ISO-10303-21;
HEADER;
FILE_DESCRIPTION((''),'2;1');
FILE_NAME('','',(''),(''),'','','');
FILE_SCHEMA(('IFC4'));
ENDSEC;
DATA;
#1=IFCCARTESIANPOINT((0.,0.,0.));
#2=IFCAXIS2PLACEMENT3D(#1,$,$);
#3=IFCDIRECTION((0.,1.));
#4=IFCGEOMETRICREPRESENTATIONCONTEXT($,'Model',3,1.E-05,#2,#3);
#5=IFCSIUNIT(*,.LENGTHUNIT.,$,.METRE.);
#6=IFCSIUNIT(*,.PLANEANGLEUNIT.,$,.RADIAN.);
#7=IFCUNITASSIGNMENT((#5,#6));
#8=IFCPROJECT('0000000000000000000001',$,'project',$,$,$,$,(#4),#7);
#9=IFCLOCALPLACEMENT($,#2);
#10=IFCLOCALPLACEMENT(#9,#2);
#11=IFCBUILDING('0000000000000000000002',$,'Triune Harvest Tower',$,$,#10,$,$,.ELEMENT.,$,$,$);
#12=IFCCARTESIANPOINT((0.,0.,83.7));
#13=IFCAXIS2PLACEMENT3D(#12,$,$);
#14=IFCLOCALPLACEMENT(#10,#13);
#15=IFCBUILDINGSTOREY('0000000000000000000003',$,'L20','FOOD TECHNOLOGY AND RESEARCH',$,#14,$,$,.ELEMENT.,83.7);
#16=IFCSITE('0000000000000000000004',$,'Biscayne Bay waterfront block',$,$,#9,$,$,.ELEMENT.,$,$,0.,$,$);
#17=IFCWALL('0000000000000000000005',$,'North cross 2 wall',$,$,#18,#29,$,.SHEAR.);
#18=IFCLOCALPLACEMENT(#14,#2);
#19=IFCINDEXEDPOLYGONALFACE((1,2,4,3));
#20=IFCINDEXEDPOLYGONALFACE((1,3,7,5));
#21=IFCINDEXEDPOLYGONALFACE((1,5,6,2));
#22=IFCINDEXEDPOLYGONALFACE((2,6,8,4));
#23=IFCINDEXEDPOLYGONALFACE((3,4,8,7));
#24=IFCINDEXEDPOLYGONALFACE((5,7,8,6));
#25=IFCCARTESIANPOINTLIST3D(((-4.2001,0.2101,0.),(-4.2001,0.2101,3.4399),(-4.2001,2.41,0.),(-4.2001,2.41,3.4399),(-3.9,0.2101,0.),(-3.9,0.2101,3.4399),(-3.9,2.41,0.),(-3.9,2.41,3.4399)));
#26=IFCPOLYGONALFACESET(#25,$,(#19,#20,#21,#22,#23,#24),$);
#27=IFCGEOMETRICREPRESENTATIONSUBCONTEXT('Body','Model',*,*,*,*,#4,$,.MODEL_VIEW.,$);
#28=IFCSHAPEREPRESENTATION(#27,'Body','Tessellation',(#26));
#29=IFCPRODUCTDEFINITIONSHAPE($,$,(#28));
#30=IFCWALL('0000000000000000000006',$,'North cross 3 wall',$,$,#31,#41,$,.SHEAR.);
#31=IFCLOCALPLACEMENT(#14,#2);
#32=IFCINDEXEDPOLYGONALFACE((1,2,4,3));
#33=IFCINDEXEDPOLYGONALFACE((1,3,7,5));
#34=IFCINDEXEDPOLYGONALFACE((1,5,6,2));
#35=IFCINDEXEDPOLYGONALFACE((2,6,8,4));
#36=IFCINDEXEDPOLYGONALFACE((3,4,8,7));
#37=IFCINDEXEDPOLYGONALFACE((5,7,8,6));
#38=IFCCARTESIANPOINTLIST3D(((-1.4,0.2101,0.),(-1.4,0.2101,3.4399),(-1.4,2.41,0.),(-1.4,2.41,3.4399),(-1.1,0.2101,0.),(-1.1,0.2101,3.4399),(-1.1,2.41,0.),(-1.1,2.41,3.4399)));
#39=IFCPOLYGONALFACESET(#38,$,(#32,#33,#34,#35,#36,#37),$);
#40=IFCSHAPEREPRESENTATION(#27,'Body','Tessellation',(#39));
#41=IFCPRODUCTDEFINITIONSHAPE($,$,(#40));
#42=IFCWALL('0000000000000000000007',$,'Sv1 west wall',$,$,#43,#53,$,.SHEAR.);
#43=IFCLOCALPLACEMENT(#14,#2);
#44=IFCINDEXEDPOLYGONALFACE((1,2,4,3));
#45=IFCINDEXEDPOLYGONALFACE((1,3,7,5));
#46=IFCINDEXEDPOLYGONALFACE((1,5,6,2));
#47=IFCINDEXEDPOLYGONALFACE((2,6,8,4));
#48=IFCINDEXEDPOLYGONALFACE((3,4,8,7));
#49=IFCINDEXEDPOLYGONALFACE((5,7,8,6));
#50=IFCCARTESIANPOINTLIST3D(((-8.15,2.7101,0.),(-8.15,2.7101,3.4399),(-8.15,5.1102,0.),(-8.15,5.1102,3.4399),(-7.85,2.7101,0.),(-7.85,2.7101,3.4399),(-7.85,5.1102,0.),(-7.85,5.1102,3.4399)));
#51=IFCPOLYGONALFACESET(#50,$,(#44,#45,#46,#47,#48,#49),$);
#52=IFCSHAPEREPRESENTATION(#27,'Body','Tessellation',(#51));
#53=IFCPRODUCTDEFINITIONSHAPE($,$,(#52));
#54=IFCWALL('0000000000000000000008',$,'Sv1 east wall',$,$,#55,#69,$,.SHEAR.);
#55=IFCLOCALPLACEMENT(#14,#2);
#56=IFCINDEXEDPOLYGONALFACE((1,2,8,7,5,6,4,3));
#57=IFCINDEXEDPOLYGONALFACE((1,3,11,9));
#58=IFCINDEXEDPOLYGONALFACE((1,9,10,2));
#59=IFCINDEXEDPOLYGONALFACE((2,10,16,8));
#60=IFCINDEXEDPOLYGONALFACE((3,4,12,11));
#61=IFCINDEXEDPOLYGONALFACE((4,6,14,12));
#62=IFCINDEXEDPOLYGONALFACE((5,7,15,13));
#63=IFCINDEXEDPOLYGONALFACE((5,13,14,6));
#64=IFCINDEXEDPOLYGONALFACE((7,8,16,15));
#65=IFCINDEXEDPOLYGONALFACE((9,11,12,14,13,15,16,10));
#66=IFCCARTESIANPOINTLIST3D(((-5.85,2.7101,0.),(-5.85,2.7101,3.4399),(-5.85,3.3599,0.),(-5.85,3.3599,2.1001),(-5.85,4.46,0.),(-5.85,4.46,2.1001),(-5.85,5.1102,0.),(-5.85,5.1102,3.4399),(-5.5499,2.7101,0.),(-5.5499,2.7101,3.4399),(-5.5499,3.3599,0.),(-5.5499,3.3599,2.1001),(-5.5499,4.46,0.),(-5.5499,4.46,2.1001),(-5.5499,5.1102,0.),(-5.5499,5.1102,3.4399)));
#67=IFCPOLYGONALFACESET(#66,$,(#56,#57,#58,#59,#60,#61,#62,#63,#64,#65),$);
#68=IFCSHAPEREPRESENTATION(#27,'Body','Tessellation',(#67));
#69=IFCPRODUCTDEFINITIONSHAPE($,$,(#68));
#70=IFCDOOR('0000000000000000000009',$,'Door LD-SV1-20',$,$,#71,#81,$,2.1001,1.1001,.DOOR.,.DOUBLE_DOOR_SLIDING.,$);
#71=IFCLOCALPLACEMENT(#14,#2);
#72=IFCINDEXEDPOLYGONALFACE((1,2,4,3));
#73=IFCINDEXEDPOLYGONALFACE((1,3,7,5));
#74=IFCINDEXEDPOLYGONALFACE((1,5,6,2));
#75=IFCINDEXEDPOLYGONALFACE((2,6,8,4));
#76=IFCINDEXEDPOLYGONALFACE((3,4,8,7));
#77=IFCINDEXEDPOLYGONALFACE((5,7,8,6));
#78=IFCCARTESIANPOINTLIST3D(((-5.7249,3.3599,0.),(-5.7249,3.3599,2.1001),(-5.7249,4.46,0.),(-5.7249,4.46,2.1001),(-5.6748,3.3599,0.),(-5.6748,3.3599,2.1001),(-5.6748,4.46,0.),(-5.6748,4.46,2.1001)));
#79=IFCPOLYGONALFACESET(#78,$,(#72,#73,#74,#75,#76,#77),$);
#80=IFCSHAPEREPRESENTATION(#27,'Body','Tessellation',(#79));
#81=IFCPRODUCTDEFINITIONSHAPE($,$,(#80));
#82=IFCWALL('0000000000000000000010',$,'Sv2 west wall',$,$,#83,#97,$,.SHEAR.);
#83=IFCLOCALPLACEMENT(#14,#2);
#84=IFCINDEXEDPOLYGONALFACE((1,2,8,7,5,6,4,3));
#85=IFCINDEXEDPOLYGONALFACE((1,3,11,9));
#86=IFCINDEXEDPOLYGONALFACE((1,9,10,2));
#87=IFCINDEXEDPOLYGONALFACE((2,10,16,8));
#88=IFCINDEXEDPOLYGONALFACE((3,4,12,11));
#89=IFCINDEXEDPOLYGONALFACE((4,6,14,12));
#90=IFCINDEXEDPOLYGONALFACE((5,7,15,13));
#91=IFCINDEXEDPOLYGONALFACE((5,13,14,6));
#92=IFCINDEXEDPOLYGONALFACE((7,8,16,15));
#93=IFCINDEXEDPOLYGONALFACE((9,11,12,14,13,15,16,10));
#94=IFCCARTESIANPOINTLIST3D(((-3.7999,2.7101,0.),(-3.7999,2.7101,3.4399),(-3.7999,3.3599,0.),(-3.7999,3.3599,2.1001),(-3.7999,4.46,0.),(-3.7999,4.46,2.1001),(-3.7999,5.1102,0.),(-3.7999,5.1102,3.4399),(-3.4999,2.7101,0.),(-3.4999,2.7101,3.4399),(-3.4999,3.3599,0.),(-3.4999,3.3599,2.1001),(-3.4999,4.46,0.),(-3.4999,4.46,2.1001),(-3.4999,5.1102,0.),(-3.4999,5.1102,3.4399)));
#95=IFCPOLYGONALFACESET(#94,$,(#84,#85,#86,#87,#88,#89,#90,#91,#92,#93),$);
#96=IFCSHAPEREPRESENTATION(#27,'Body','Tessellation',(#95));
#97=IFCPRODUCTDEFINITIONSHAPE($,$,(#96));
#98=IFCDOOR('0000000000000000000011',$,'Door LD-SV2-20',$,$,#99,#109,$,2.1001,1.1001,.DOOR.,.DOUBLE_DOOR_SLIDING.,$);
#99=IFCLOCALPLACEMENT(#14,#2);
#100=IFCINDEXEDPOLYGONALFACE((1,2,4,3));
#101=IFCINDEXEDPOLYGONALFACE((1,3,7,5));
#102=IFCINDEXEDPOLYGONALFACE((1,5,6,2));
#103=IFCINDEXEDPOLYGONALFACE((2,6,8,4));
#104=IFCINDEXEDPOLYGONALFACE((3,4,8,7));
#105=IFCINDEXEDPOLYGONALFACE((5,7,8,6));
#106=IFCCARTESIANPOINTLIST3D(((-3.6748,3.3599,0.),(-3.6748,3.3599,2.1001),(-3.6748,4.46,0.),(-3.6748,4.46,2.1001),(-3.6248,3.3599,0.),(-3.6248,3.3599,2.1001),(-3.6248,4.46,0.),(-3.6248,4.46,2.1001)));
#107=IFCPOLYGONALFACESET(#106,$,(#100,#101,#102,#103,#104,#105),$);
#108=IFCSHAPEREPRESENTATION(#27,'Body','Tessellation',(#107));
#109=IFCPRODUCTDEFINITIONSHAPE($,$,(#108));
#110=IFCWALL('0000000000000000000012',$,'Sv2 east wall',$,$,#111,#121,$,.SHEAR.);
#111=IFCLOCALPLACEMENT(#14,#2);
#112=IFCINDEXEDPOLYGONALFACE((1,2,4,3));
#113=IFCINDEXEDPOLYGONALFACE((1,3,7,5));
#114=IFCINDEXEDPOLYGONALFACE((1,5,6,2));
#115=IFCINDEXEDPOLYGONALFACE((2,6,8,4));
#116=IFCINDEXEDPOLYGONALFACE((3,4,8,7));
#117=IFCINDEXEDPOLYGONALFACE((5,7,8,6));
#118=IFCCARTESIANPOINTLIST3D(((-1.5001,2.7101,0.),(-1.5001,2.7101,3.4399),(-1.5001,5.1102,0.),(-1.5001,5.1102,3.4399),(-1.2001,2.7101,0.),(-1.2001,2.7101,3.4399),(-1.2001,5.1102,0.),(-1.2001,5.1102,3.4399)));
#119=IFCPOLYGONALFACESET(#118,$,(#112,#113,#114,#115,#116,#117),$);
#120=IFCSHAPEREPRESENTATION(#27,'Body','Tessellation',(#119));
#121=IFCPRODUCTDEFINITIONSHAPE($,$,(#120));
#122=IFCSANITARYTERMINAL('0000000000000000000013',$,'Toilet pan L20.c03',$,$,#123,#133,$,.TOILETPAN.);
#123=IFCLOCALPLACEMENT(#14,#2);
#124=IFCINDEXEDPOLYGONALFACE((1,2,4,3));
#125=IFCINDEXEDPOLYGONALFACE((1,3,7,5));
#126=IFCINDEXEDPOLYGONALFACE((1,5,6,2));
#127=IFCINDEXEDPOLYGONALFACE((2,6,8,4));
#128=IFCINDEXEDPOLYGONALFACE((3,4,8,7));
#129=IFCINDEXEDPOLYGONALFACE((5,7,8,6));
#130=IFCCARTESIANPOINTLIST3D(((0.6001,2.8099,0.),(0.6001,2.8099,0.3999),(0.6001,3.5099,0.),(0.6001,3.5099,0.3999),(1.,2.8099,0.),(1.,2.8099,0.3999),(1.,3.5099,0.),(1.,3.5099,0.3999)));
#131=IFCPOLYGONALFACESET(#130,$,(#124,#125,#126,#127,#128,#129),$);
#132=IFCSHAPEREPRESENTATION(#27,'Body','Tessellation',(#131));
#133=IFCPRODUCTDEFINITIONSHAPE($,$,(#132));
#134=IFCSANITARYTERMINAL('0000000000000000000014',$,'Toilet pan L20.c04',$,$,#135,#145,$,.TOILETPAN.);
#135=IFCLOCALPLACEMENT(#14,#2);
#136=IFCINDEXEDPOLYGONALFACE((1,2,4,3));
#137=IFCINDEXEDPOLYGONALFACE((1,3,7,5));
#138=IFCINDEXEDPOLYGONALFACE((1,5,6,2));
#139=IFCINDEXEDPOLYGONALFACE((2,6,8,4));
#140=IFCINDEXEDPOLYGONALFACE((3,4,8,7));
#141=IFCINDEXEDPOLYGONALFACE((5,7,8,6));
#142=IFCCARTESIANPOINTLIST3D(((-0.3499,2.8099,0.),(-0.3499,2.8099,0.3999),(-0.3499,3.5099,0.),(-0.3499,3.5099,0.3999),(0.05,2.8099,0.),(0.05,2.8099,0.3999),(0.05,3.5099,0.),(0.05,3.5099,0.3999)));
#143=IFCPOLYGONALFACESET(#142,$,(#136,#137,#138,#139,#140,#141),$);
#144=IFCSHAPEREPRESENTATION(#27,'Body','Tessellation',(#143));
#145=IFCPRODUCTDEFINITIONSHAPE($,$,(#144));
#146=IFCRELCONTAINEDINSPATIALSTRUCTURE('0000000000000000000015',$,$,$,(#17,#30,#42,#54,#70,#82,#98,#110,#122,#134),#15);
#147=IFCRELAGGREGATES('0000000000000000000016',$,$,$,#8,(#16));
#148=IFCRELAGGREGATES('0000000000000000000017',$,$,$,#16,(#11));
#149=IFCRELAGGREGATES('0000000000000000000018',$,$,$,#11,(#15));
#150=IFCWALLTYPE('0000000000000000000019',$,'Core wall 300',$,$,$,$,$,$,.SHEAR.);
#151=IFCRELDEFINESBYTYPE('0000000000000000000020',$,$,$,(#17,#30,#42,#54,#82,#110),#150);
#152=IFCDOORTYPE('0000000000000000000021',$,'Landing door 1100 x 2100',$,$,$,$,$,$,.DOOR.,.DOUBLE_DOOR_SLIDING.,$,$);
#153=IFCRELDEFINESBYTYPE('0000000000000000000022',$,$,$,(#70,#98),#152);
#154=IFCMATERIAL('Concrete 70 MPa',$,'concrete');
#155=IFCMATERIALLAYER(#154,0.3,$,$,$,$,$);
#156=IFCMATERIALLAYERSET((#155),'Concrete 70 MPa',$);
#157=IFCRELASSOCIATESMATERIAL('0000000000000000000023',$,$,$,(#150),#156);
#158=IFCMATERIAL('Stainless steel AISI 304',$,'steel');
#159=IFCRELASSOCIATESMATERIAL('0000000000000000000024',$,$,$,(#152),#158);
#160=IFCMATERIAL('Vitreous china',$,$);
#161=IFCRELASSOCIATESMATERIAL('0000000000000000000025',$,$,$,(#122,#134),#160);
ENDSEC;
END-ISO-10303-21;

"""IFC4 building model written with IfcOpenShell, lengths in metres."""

from ifc_helpers import new_model, si_unit, direction, frame, frame_2d, origin, origin_2d, place, context, subcontext, project, spatial, rectangle, extrude, source, transform, mapped, material, layer, layer_set, type_object, element, fill, save


model = new_model("IFC4")

# Units and contexts
model_context = context("Model", 3, precision=1e-05, world=origin(), true_north=direction((0.0, 1.0)))
body_context = subcontext(model_context, "Body", "Model", "MODEL_VIEW")
ifc_project = project(units=[si_unit("LENGTHUNIT", "METRE"), si_unit("PLANEANGLEUNIT", "RADIAN")], contexts=[model_context])

# Site, building, storey
site_placement = place(None, origin())
site = spatial("IfcSite", under=ifc_project, at=site_placement, Name="Biscayne Bay waterfront block", CompositionType="ELEMENT", RefElevation=0.0)
building_placement = place(site_placement, origin())
building = spatial("IfcBuilding", under=site, at=building_placement, Name="Triune Harvest Tower", CompositionType="ELEMENT")
storey_placement = place(building_placement, frame((0.0, 0.0, 83.7)))
storey = spatial("IfcBuildingStorey", under=building, at=storey_placement, Name="L20", Description="FOOD TECHNOLOGY AND RESEARCH", CompositionType="ELEMENT", Elevation=83.7)

# Shared definitions
ifc_material_1 = material(Name="Concrete 70 MPa", Category="concrete")
ifc_layer_1 = layer(ifc_material_1, 0.3)
ifc_layer_set_1 = layer_set([ifc_layer_1], Name="Concrete 70 MPa")
wall_type_1 = type_object("IfcWallType", Name="Core wall 300", PredefinedType="SHEAR", material=ifc_layer_set_1)
ifc_material_2 = material(Name="Stainless steel AISI 304", Category="steel")
door_type_1 = type_object("IfcDoorType", Name="Landing door 1100 x 2100", OperationType="DOUBLE_DOOR_SLIDING", PredefinedType="DOOR", material=ifc_material_2)

# Walls
shared_shape_1 = source(origin(), body_context, "Body", "SweptSolid", [
    extrude(rectangle(XDim=2.2, YDim=0.3, at=frame_2d((1.1001, 0.0))), origin(), (0.0, 0.0, 1.0), 3.4399),
])
for number, where, z_axis, x_axis, name in (
    (1, (-4.05, 0.21, 0.0), (0.0, 0.0, 1.0), (0.0, 1.0, 0.0), "North cross 2 wall"),
    (2, (-1.25, 0.21, 0.0), (0.0, 0.0, 1.0), (0.0, 1.0, 0.0), "North cross 3 wall"),
):
    element("IfcWall", number, at=place(storey_placement, frame(where, z_axis=z_axis, x_axis=x_axis)), inside=storey, type_object=wall_type_1, Name=name, PredefinedType="SHEAR", context=body_context, shape_type="MappedRepresentation", body=[
        mapped(shared_shape_1, transform((0.0, 0.0, 0.0), scale=1.0)),
    ])
shared_shape_2 = source(origin(), body_context, "Body", "SweptSolid", [
    extrude(rectangle(XDim=2.4001, YDim=0.3, at=frame_2d((1.2002, 0.0))), origin(), (0.0, 0.0, 1.0), 3.4399),
])
wall_1_placement = place(storey_placement, frame((-8.0, 2.71, 0.0), z_axis=(0.0, 0.0, 1.0), x_axis=(0.0, 1.0, 0.0)))
element("IfcWall", 3, at=wall_1_placement, inside=storey, type_object=wall_type_1, Name="Sv1 west wall", PredefinedType="SHEAR", context=body_context, shape_type="MappedRepresentation", body=[
    mapped(shared_shape_2, transform((0.0, 0.0, 0.0), scale=1.0)),
])

# Walls, openings, doors
wall_2_placement = place(storey_placement, frame((-5.7, 2.71, 0.0), z_axis=(0.0, 0.0, 1.0), x_axis=(0.0, 1.0, 0.0)))
wall_2 = element("IfcWall", 4, at=wall_2_placement, inside=storey, type_object=wall_type_1, Name="Sv1 east wall", PredefinedType="SHEAR", context=body_context, shape_type="MappedRepresentation", body=[
    mapped(shared_shape_2, transform((0.0, 0.0, 0.0), scale=1.0)),
])
opening_1_placement = place(wall_2_placement, frame((0.6499, 0.0, 0.0)))
opening_1 = element("IfcOpeningElement", 5, at=opening_1_placement, cuts=wall_2, PredefinedType="OPENING", context=body_context, shape_type="SweptSolid", body=[
    extrude(rectangle(XDim=1.1001, YDim=2.1001, at=frame_2d((0.55, 1.05))), frame((0.0, 0.1602, 0.0), z_axis=(0.0, -1.0, 0.0), x_axis=(1.0, 0.0, 0.0)), (0.0, 0.0, 1.0), 0.3201),
])
door_1_placement = place(opening_1_placement, origin())
door_1 = element("IfcDoor", 6, at=door_1_placement, inside=storey, type_object=door_type_1, Name="Door LD-SV1-20", OperationType="DOUBLE_DOOR_SLIDING", OverallHeight=2.1001, OverallWidth=1.1001, PredefinedType="DOOR", context=body_context, shape_type="SweptSolid", body=[
    extrude(rectangle(XDim=1.1001, YDim=2.1001, at=frame_2d((0.55, 1.05))), frame((0.0, 0.0249, 0.0), z_axis=(0.0, -1.0, 0.0), x_axis=(1.0, 0.0, 0.0)), (0.0, 0.0, 1.0), 0.05),
])
fill(opening_1, door_1)
wall_3_placement = place(storey_placement, frame((-3.6499, 2.71, 0.0), z_axis=(0.0, 0.0, 1.0), x_axis=(0.0, 1.0, 0.0)))
wall_3 = element("IfcWall", 7, at=wall_3_placement, inside=storey, type_object=wall_type_1, Name="Sv2 west wall", PredefinedType="SHEAR", context=body_context, shape_type="MappedRepresentation", body=[
    mapped(shared_shape_2, transform((0.0, 0.0, 0.0), scale=1.0)),
])
opening_2_placement = place(wall_3_placement, frame((0.6499, 0.0, 0.0)))
opening_2 = element("IfcOpeningElement", 8, at=opening_2_placement, cuts=wall_3, PredefinedType="OPENING", context=body_context, shape_type="SweptSolid", body=[
    extrude(rectangle(XDim=1.1001, YDim=2.1001, at=frame_2d((0.55, 1.05))), frame((0.0, 0.1602, 0.0), z_axis=(0.0, -1.0, 0.0), x_axis=(1.0, 0.0, 0.0)), (0.0, 0.0, 1.0), 0.3201),
])
door_2_placement = place(opening_2_placement, origin())
door_2 = element("IfcDoor", 9, at=door_2_placement, inside=storey, type_object=door_type_1, Name="Door LD-SV2-20", OperationType="DOUBLE_DOOR_SLIDING", OverallHeight=2.1001, OverallWidth=1.1001, PredefinedType="DOOR", context=body_context, shape_type="SweptSolid", body=[
    extrude(rectangle(XDim=1.1001, YDim=2.1001, at=frame_2d((0.55, 1.05))), frame((0.0, 0.0249, 0.0), z_axis=(0.0, -1.0, 0.0), x_axis=(1.0, 0.0, 0.0)), (0.0, 0.0, 1.0), 0.05),
])
fill(opening_2, door_2)

# Wall
wall_4_placement = place(storey_placement, frame((-1.3501, 2.71, 0.0), z_axis=(0.0, 0.0, 1.0), x_axis=(0.0, 1.0, 0.0)))
element("IfcWall", 10, at=wall_4_placement, inside=storey, type_object=wall_type_1, Name="Sv2 east wall", PredefinedType="SHEAR", context=body_context, shape_type="MappedRepresentation", body=[
    mapped(shared_shape_2, transform((0.0, 0.0, 0.0), scale=1.0)),
])

# Sanitary terminals
ifc_material_3 = material(Name="Vitreous china")
shared_shape_3 = source(origin(), body_context, "Body", "SweptSolid", [
    extrude(rectangle(XDim=0.3999, YDim=0.7, at=origin_2d()), origin(), (0.0, 0.0, 1.0), 0.3999),
])
for number, where, z_axis, x_axis, name in (
    (11, (0.8, 3.1599, 0.0), (0.0, 0.0, 1.0), (-1.0, 0.0, 0.0), "Toilet pan L20.c03"),
    (12, (-0.1499, 3.1599, 0.0), (0.0, 0.0, 1.0), (-1.0, 0.0, 0.0), "Toilet pan L20.c04"),
):
    element("IfcSanitaryTerminal", number, at=place(storey_placement, frame(where, z_axis=z_axis, x_axis=x_axis)), inside=storey, material=ifc_material_3, Name=name, PredefinedType="TOILETPAN", context=body_context, shape_type="MappedRepresentation", body=[
        mapped(shared_shape_3, transform((0.0, 0.0, 0.0), scale=1.0)),
    ])

save(model, "model.ifc")
